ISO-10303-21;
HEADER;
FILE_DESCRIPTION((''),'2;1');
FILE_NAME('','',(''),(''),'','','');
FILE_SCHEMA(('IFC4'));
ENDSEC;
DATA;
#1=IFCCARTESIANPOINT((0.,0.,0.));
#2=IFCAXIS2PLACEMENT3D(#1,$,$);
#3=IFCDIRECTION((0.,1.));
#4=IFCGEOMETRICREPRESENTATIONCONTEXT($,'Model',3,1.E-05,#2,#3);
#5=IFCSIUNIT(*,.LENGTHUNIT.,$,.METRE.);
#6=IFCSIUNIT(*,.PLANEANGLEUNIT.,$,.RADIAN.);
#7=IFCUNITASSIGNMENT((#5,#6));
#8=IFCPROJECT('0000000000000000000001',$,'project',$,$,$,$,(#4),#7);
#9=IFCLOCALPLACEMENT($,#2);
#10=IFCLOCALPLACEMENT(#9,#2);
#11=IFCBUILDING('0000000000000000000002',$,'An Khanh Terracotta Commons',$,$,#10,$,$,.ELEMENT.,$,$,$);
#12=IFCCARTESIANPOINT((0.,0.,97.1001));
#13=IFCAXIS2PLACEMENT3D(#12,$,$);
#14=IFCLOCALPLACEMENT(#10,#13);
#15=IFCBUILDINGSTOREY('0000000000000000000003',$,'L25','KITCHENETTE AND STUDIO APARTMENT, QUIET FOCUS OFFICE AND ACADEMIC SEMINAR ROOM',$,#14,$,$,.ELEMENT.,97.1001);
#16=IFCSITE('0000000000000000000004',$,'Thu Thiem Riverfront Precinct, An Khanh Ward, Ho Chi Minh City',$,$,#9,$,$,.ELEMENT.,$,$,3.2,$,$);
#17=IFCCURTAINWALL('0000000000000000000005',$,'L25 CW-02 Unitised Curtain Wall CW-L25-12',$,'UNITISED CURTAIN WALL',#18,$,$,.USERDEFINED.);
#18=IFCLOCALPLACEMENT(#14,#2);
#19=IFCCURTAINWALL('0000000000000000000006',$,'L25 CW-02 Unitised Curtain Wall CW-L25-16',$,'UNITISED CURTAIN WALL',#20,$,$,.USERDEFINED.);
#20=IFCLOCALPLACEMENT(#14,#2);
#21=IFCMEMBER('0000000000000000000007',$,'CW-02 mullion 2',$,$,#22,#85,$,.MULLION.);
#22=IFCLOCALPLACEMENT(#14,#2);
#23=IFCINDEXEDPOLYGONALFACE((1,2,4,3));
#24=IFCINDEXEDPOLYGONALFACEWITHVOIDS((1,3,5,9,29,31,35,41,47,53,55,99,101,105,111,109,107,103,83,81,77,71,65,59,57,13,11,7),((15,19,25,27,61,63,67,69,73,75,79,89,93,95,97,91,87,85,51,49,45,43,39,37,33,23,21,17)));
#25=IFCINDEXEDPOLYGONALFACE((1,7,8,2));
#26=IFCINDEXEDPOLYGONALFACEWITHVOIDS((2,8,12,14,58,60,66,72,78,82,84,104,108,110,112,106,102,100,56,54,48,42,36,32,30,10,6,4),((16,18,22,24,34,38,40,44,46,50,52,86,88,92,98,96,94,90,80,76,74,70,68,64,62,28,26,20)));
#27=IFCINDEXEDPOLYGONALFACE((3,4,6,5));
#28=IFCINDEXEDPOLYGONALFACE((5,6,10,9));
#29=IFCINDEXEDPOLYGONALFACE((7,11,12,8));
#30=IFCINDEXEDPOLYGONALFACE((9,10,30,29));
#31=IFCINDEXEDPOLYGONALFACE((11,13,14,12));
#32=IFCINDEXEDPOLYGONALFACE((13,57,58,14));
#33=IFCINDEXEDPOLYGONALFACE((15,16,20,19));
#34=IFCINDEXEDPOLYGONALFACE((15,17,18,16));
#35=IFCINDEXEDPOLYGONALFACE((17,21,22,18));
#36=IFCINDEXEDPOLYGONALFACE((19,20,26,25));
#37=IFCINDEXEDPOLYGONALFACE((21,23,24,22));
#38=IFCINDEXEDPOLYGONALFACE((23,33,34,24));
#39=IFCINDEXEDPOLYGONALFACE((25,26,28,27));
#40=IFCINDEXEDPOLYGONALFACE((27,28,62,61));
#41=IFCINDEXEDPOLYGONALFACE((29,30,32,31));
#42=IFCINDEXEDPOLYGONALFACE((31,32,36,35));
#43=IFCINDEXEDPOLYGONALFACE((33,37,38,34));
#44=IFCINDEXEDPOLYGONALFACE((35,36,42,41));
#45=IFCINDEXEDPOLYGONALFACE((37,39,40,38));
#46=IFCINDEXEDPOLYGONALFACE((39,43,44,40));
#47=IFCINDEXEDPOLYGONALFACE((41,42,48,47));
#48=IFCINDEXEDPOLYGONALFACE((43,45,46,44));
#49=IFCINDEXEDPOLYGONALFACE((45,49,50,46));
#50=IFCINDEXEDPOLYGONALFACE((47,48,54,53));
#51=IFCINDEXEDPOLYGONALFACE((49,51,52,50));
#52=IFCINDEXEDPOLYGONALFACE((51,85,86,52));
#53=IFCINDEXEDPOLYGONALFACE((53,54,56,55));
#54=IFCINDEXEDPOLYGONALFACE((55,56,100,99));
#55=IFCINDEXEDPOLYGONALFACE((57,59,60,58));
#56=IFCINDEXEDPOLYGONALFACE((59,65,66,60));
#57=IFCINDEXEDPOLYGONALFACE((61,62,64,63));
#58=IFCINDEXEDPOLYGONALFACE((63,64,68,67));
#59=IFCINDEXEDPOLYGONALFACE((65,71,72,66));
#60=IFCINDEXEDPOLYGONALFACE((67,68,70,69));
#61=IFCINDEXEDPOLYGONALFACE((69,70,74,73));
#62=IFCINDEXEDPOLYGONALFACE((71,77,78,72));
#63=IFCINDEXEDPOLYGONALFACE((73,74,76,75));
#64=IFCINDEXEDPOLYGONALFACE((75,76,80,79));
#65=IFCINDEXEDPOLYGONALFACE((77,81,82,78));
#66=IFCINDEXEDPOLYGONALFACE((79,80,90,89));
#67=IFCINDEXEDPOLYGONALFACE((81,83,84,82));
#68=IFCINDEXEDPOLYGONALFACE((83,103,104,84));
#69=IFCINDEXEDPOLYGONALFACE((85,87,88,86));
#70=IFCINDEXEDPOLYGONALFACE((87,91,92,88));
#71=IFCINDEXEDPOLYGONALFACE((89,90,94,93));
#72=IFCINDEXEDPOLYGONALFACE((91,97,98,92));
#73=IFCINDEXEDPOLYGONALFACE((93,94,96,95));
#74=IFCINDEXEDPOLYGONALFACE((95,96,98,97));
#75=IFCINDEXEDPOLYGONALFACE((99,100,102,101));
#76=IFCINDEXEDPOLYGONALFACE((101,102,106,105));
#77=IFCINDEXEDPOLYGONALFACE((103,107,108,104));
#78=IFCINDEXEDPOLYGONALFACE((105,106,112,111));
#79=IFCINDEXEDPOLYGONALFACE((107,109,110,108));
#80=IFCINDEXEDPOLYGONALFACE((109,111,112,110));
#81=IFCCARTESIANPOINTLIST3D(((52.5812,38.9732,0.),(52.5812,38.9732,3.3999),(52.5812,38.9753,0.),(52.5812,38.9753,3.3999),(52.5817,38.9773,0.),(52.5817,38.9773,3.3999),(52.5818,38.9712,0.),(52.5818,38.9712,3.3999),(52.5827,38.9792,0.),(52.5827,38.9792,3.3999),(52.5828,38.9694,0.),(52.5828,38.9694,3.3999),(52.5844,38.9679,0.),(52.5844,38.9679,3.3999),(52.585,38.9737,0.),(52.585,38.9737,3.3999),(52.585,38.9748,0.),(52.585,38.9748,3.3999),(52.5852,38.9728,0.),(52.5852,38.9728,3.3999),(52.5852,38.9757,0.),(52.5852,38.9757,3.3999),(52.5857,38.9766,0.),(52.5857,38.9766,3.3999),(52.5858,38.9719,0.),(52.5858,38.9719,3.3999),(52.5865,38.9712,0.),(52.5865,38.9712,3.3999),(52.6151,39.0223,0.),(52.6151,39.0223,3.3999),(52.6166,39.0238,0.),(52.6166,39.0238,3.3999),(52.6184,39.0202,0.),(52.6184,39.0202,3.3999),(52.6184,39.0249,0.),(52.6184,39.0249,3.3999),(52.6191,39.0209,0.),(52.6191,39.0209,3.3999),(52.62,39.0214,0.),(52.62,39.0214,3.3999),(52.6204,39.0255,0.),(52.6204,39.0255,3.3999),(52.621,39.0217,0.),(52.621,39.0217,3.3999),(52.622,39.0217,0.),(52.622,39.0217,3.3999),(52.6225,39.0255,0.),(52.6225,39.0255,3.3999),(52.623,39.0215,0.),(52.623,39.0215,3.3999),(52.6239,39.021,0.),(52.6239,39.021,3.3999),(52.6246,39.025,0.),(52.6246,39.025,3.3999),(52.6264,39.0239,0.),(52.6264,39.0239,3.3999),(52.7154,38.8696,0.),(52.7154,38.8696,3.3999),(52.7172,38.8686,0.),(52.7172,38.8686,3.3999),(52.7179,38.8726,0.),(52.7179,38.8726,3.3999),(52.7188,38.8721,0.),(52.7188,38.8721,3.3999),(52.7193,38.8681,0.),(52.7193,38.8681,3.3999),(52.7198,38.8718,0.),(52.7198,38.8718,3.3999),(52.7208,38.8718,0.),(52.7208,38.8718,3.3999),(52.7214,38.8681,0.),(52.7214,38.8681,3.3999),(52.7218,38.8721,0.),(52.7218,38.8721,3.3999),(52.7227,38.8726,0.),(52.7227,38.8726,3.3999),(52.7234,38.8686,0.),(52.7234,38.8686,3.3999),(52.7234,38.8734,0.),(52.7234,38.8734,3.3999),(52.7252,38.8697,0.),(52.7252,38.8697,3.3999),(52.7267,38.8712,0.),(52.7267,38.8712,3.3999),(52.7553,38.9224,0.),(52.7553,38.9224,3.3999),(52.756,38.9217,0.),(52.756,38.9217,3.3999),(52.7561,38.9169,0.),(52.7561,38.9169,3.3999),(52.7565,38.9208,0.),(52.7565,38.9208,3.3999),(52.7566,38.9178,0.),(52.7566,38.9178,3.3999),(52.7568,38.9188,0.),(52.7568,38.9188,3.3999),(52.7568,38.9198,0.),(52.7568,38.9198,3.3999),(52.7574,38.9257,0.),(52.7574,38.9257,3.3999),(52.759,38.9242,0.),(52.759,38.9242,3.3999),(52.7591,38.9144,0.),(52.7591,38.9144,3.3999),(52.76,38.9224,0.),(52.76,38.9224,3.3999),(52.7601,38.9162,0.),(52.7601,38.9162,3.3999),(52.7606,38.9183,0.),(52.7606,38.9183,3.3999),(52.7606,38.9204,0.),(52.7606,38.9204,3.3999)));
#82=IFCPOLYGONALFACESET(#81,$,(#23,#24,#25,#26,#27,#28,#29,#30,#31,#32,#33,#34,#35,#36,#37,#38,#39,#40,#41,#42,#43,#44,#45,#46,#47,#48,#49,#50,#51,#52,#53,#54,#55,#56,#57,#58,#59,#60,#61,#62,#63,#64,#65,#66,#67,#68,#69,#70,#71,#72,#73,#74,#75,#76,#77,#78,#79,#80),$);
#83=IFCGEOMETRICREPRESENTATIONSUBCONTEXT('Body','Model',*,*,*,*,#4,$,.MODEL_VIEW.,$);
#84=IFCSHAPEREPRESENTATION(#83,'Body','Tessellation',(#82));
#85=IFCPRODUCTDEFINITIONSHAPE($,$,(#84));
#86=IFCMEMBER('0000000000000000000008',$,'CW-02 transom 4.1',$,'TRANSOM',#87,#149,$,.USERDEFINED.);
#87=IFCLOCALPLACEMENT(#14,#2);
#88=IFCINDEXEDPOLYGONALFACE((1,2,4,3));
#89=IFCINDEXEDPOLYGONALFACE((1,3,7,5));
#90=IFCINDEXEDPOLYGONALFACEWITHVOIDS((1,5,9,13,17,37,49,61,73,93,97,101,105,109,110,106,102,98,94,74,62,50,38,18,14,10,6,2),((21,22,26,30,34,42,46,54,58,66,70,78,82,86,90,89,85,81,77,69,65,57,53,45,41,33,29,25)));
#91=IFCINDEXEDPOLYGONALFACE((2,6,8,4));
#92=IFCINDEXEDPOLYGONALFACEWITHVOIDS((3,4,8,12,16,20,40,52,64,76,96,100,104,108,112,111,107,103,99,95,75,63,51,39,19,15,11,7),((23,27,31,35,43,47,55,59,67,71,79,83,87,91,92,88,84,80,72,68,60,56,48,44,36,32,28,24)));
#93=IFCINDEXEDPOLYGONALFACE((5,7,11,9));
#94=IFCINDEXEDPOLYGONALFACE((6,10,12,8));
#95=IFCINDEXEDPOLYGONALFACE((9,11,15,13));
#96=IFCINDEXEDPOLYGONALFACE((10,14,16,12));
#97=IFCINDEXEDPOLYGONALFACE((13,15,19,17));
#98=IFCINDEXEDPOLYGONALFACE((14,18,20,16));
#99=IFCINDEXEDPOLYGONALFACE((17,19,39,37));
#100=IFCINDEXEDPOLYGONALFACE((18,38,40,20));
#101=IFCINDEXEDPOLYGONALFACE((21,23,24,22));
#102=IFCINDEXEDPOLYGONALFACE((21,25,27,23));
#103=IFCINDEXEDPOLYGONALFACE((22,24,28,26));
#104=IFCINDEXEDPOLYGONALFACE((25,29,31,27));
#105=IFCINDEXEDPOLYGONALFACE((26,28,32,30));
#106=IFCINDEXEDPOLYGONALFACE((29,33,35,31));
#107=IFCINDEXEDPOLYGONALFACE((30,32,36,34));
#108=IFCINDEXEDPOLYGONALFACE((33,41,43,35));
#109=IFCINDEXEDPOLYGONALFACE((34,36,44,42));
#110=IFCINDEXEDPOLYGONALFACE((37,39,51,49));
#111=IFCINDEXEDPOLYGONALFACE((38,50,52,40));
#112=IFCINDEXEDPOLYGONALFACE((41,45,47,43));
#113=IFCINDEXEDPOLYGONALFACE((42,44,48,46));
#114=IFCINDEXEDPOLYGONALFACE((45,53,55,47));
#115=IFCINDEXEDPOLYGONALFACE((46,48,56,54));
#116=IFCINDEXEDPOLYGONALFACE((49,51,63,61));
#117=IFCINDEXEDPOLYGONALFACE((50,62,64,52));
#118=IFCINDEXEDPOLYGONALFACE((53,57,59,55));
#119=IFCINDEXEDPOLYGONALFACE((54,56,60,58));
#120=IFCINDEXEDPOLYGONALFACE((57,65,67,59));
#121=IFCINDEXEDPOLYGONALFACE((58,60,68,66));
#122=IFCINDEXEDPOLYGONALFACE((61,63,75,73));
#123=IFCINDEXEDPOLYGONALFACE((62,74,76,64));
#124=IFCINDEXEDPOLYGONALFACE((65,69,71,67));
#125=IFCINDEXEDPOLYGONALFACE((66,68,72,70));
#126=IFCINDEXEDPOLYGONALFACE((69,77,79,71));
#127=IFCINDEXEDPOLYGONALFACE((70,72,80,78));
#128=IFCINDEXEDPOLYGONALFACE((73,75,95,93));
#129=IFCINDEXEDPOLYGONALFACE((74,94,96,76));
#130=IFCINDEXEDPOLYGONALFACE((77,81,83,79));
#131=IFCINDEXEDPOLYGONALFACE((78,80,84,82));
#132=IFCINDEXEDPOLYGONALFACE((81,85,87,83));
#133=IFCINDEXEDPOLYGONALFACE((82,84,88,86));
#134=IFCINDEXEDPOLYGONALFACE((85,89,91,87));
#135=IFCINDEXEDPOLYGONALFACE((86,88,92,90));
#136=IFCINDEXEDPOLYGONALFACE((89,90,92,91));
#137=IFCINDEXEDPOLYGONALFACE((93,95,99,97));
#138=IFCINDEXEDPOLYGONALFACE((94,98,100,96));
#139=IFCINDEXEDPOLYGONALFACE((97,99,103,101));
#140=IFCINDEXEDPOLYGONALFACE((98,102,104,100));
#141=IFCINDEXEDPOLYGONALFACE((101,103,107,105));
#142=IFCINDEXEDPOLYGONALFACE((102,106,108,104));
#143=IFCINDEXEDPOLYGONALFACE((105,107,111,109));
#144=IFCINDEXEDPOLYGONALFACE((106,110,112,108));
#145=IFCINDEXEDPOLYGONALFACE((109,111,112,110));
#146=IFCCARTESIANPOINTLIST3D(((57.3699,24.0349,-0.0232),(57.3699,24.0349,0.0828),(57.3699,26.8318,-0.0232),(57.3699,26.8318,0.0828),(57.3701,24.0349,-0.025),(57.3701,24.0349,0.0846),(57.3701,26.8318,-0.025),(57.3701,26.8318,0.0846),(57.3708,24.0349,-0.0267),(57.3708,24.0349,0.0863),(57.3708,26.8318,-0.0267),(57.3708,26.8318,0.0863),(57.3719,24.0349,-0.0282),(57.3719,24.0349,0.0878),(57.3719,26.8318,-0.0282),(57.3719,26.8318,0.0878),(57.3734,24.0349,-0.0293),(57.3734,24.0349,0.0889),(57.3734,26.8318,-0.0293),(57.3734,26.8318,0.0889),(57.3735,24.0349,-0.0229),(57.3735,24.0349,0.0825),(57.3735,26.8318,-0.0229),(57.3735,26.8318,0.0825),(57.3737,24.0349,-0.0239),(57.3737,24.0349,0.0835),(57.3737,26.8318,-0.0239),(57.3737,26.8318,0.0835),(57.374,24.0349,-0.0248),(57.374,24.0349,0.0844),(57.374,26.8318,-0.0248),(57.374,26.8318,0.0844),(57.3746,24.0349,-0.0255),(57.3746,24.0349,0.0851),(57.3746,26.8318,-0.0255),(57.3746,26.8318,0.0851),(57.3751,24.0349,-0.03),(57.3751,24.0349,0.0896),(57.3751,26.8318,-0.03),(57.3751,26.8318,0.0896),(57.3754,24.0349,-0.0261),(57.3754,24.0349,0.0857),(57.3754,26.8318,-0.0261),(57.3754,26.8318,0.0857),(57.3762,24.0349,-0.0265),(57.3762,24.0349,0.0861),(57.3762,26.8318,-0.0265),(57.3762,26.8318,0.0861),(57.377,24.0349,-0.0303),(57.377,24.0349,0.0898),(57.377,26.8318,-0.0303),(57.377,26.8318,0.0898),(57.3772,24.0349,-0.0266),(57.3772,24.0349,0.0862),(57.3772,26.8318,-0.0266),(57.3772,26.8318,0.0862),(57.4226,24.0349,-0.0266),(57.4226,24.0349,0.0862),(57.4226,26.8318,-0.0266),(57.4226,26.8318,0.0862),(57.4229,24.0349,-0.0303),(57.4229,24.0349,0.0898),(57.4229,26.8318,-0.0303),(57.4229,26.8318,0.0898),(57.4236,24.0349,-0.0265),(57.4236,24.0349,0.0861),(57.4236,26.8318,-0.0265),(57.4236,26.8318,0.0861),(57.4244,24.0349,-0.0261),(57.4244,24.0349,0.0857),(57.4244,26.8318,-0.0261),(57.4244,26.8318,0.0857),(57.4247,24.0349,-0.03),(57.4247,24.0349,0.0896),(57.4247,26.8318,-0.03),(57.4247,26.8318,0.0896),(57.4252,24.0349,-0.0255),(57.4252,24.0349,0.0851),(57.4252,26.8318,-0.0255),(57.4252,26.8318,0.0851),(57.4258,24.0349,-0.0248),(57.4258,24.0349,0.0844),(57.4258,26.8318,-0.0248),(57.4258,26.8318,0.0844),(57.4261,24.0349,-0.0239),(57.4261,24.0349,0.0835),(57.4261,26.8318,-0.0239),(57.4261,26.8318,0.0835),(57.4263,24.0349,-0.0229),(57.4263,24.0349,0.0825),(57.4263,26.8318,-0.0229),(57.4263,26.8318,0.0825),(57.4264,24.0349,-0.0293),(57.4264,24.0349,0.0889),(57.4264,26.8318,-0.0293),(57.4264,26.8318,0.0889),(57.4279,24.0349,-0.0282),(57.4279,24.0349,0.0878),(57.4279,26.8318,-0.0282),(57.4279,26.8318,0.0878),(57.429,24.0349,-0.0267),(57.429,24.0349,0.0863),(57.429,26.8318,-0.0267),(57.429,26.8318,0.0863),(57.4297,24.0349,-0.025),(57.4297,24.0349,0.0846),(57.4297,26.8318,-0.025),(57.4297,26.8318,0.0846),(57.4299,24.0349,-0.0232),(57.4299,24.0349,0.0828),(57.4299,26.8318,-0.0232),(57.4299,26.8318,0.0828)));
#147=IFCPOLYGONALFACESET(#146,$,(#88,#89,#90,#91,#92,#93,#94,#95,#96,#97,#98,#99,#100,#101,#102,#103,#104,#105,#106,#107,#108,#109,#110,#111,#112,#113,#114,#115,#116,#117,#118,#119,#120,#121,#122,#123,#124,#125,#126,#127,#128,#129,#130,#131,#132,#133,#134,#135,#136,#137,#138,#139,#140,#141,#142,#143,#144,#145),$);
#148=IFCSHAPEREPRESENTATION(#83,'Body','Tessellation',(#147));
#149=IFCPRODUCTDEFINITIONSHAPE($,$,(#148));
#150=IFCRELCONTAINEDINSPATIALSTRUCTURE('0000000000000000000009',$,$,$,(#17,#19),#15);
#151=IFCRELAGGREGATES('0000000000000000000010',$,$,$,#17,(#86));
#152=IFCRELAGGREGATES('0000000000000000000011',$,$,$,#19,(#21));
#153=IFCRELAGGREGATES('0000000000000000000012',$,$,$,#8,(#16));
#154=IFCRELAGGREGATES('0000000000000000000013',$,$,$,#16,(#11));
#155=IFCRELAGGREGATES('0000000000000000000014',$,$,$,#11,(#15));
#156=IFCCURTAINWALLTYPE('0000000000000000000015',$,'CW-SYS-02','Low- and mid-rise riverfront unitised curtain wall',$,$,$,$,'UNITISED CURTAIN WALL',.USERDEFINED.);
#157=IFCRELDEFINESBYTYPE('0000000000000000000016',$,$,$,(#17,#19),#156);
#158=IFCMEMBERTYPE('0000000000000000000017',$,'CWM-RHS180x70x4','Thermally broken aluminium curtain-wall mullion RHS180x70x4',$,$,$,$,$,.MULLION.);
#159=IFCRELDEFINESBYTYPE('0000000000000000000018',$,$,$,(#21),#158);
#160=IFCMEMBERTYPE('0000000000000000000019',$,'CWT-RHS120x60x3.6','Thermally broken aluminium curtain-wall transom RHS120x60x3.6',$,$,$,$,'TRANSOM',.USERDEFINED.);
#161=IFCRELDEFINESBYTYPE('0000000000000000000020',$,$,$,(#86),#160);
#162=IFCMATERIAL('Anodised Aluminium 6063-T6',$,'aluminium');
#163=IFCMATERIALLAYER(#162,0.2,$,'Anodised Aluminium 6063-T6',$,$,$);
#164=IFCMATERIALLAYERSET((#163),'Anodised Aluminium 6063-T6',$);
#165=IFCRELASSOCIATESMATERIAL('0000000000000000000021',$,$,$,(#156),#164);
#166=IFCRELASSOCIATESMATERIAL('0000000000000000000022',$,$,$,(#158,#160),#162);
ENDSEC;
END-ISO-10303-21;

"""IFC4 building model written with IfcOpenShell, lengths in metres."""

from ifc_helpers import new_model, si_unit, direction, frame, origin, origin_2d, place, context, subcontext, project, spatial, hollow_rectangle, extrude, material, layer, layer_set, material_profile, profile_set, type_object, element, aggregate, save


model = new_model("IFC4")

# Units and contexts
model_context = context("Model", 3, precision=1e-05, world=origin(), true_north=direction((0.0, 1.0)))
body_context = subcontext(model_context, "Body", "Model", "MODEL_VIEW")
ifc_project = project(units=[si_unit("LENGTHUNIT", "METRE"), si_unit("PLANEANGLEUNIT", "RADIAN")], contexts=[model_context])

# Site, building, storey
site_placement = place(None, origin())
site = spatial("IfcSite", under=ifc_project, at=site_placement, Name="Thu Thiem Riverfront Precinct, An Khanh Ward, Ho Chi Minh City", CompositionType="ELEMENT", RefElevation=3.2)
building_placement = place(site_placement, origin())
building = spatial("IfcBuilding", under=site, at=building_placement, Name="An Khanh Terracotta Commons", CompositionType="ELEMENT")
storey_placement = place(building_placement, frame((0.0, 0.0, 97.1001)))
storey = spatial("IfcBuildingStorey", under=building, at=storey_placement, Name="L25", Description="KITCHENETTE AND STUDIO APARTMENT, QUIET FOCUS OFFICE AND ACADEMIC SEMINAR ROOM", CompositionType="ELEMENT", Elevation=97.1001)

# Curtain walls, member
ifc_material_1 = material(Name="Anodised Aluminium 6063-T6", Category="aluminium")
ifc_layer_1 = layer(ifc_material_1, 0.2, Name="Anodised Aluminium 6063-T6")
ifc_layer_set_1 = layer_set([ifc_layer_1], Name="Anodised Aluminium 6063-T6")
curtain_wall_type = type_object("IfcCurtainWallType", Name="CW-SYS-02", Description="Low- and mid-rise riverfront unitised curtain wall", ElementType="UNITISED CURTAIN WALL", PredefinedType="USERDEFINED", material=ifc_layer_set_1)
curtain_wall_1_placement = place(storey_placement, origin())
curtain_wall_1 = element("IfcCurtainWall", 1, at=curtain_wall_1_placement, inside=storey, type_object=curtain_wall_type, Name="L25 CW-02 Unitised Curtain Wall CW-L25-12", ObjectType="UNITISED CURTAIN WALL", PredefinedType="USERDEFINED")
ifc_material_profile_1 = material_profile(ifc_material_1, hollow_rectangle(XDim=0.0701, YDim=0.1799, WallThickness=0.0039, InnerFilletRadius=0.0039, OuterFilletRadius=0.0081, at=origin_2d()), Name="RHS180x70x4")
ifc_profile_set_1 = profile_set([ifc_material_profile_1], Name="Anodised Aluminium 6063-T6")
member_type_1 = type_object("IfcMemberType", Name="CWM-RHS180x70x4", Description="Thermally broken aluminium curtain-wall mullion RHS180x70x4", PredefinedType="MULLION", material=ifc_profile_set_1)
curtain_wall_2_placement = place(storey_placement, origin())
curtain_wall_2 = element("IfcCurtainWall", 2, at=curtain_wall_2_placement, inside=storey, type_object=curtain_wall_type, Name="L25 CW-02 Unitised Curtain Wall CW-L25-16", ObjectType="UNITISED CURTAIN WALL", PredefinedType="USERDEFINED")
member_1_placement = place(storey_placement, frame((52.6709, 38.9468, 0.0), z_axis=(0.0, 0.0, 1.0), x_axis=(-0.599983, -0.800013, 0.0)))
member_1 = element("IfcMember", 3, at=member_1_placement, type_object=member_type_1, Name="CW-02 mullion 2", PredefinedType="MULLION", context=body_context, shape_type="SweptSolid", body=[
    extrude(hollow_rectangle(XDim=0.0701, YDim=0.1799, WallThickness=0.0039, InnerFilletRadius=0.0039, OuterFilletRadius=0.0081, at=origin_2d()), origin(), (0.0, 0.0, 1.0), 3.3999),
])

# Member
ifc_material_profile_2 = material_profile(ifc_material_1, hollow_rectangle(XDim=0.0601, YDim=0.1201, WallThickness=0.0037, InnerFilletRadius=0.0037, OuterFilletRadius=0.0071, at=origin_2d()), Name="RHS120x60x3.6")
ifc_profile_set_2 = profile_set([ifc_material_profile_2], Name="Anodised Aluminium 6063-T6")
member_type_2 = type_object("IfcMemberType", Name="CWT-RHS120x60x3.6", Description="Thermally broken aluminium curtain-wall transom RHS120x60x3.6", ElementType="TRANSOM", PredefinedType="USERDEFINED", material=ifc_profile_set_2)
member_2_placement = place(storey_placement, frame((57.3999, 24.0349, 0.0298), z_axis=(0.0, 1.0, 0.0), x_axis=(-1.0, 0.0, 0.0)))
member_2 = element("IfcMember", 4, at=member_2_placement, type_object=member_type_2, Name="CW-02 transom 4.1", ObjectType="TRANSOM", PredefinedType="USERDEFINED", context=body_context, shape_type="SweptSolid", body=[
    extrude(hollow_rectangle(XDim=0.0601, YDim=0.1201, WallThickness=0.0037, InnerFilletRadius=0.0037, OuterFilletRadius=0.0071, at=origin_2d()), origin(), (0.0, 0.0, 1.0), 2.7969),
])

aggregate(curtain_wall_1, [member_2])
aggregate(curtain_wall_2, [member_1])

save(model, "model.ifc")
